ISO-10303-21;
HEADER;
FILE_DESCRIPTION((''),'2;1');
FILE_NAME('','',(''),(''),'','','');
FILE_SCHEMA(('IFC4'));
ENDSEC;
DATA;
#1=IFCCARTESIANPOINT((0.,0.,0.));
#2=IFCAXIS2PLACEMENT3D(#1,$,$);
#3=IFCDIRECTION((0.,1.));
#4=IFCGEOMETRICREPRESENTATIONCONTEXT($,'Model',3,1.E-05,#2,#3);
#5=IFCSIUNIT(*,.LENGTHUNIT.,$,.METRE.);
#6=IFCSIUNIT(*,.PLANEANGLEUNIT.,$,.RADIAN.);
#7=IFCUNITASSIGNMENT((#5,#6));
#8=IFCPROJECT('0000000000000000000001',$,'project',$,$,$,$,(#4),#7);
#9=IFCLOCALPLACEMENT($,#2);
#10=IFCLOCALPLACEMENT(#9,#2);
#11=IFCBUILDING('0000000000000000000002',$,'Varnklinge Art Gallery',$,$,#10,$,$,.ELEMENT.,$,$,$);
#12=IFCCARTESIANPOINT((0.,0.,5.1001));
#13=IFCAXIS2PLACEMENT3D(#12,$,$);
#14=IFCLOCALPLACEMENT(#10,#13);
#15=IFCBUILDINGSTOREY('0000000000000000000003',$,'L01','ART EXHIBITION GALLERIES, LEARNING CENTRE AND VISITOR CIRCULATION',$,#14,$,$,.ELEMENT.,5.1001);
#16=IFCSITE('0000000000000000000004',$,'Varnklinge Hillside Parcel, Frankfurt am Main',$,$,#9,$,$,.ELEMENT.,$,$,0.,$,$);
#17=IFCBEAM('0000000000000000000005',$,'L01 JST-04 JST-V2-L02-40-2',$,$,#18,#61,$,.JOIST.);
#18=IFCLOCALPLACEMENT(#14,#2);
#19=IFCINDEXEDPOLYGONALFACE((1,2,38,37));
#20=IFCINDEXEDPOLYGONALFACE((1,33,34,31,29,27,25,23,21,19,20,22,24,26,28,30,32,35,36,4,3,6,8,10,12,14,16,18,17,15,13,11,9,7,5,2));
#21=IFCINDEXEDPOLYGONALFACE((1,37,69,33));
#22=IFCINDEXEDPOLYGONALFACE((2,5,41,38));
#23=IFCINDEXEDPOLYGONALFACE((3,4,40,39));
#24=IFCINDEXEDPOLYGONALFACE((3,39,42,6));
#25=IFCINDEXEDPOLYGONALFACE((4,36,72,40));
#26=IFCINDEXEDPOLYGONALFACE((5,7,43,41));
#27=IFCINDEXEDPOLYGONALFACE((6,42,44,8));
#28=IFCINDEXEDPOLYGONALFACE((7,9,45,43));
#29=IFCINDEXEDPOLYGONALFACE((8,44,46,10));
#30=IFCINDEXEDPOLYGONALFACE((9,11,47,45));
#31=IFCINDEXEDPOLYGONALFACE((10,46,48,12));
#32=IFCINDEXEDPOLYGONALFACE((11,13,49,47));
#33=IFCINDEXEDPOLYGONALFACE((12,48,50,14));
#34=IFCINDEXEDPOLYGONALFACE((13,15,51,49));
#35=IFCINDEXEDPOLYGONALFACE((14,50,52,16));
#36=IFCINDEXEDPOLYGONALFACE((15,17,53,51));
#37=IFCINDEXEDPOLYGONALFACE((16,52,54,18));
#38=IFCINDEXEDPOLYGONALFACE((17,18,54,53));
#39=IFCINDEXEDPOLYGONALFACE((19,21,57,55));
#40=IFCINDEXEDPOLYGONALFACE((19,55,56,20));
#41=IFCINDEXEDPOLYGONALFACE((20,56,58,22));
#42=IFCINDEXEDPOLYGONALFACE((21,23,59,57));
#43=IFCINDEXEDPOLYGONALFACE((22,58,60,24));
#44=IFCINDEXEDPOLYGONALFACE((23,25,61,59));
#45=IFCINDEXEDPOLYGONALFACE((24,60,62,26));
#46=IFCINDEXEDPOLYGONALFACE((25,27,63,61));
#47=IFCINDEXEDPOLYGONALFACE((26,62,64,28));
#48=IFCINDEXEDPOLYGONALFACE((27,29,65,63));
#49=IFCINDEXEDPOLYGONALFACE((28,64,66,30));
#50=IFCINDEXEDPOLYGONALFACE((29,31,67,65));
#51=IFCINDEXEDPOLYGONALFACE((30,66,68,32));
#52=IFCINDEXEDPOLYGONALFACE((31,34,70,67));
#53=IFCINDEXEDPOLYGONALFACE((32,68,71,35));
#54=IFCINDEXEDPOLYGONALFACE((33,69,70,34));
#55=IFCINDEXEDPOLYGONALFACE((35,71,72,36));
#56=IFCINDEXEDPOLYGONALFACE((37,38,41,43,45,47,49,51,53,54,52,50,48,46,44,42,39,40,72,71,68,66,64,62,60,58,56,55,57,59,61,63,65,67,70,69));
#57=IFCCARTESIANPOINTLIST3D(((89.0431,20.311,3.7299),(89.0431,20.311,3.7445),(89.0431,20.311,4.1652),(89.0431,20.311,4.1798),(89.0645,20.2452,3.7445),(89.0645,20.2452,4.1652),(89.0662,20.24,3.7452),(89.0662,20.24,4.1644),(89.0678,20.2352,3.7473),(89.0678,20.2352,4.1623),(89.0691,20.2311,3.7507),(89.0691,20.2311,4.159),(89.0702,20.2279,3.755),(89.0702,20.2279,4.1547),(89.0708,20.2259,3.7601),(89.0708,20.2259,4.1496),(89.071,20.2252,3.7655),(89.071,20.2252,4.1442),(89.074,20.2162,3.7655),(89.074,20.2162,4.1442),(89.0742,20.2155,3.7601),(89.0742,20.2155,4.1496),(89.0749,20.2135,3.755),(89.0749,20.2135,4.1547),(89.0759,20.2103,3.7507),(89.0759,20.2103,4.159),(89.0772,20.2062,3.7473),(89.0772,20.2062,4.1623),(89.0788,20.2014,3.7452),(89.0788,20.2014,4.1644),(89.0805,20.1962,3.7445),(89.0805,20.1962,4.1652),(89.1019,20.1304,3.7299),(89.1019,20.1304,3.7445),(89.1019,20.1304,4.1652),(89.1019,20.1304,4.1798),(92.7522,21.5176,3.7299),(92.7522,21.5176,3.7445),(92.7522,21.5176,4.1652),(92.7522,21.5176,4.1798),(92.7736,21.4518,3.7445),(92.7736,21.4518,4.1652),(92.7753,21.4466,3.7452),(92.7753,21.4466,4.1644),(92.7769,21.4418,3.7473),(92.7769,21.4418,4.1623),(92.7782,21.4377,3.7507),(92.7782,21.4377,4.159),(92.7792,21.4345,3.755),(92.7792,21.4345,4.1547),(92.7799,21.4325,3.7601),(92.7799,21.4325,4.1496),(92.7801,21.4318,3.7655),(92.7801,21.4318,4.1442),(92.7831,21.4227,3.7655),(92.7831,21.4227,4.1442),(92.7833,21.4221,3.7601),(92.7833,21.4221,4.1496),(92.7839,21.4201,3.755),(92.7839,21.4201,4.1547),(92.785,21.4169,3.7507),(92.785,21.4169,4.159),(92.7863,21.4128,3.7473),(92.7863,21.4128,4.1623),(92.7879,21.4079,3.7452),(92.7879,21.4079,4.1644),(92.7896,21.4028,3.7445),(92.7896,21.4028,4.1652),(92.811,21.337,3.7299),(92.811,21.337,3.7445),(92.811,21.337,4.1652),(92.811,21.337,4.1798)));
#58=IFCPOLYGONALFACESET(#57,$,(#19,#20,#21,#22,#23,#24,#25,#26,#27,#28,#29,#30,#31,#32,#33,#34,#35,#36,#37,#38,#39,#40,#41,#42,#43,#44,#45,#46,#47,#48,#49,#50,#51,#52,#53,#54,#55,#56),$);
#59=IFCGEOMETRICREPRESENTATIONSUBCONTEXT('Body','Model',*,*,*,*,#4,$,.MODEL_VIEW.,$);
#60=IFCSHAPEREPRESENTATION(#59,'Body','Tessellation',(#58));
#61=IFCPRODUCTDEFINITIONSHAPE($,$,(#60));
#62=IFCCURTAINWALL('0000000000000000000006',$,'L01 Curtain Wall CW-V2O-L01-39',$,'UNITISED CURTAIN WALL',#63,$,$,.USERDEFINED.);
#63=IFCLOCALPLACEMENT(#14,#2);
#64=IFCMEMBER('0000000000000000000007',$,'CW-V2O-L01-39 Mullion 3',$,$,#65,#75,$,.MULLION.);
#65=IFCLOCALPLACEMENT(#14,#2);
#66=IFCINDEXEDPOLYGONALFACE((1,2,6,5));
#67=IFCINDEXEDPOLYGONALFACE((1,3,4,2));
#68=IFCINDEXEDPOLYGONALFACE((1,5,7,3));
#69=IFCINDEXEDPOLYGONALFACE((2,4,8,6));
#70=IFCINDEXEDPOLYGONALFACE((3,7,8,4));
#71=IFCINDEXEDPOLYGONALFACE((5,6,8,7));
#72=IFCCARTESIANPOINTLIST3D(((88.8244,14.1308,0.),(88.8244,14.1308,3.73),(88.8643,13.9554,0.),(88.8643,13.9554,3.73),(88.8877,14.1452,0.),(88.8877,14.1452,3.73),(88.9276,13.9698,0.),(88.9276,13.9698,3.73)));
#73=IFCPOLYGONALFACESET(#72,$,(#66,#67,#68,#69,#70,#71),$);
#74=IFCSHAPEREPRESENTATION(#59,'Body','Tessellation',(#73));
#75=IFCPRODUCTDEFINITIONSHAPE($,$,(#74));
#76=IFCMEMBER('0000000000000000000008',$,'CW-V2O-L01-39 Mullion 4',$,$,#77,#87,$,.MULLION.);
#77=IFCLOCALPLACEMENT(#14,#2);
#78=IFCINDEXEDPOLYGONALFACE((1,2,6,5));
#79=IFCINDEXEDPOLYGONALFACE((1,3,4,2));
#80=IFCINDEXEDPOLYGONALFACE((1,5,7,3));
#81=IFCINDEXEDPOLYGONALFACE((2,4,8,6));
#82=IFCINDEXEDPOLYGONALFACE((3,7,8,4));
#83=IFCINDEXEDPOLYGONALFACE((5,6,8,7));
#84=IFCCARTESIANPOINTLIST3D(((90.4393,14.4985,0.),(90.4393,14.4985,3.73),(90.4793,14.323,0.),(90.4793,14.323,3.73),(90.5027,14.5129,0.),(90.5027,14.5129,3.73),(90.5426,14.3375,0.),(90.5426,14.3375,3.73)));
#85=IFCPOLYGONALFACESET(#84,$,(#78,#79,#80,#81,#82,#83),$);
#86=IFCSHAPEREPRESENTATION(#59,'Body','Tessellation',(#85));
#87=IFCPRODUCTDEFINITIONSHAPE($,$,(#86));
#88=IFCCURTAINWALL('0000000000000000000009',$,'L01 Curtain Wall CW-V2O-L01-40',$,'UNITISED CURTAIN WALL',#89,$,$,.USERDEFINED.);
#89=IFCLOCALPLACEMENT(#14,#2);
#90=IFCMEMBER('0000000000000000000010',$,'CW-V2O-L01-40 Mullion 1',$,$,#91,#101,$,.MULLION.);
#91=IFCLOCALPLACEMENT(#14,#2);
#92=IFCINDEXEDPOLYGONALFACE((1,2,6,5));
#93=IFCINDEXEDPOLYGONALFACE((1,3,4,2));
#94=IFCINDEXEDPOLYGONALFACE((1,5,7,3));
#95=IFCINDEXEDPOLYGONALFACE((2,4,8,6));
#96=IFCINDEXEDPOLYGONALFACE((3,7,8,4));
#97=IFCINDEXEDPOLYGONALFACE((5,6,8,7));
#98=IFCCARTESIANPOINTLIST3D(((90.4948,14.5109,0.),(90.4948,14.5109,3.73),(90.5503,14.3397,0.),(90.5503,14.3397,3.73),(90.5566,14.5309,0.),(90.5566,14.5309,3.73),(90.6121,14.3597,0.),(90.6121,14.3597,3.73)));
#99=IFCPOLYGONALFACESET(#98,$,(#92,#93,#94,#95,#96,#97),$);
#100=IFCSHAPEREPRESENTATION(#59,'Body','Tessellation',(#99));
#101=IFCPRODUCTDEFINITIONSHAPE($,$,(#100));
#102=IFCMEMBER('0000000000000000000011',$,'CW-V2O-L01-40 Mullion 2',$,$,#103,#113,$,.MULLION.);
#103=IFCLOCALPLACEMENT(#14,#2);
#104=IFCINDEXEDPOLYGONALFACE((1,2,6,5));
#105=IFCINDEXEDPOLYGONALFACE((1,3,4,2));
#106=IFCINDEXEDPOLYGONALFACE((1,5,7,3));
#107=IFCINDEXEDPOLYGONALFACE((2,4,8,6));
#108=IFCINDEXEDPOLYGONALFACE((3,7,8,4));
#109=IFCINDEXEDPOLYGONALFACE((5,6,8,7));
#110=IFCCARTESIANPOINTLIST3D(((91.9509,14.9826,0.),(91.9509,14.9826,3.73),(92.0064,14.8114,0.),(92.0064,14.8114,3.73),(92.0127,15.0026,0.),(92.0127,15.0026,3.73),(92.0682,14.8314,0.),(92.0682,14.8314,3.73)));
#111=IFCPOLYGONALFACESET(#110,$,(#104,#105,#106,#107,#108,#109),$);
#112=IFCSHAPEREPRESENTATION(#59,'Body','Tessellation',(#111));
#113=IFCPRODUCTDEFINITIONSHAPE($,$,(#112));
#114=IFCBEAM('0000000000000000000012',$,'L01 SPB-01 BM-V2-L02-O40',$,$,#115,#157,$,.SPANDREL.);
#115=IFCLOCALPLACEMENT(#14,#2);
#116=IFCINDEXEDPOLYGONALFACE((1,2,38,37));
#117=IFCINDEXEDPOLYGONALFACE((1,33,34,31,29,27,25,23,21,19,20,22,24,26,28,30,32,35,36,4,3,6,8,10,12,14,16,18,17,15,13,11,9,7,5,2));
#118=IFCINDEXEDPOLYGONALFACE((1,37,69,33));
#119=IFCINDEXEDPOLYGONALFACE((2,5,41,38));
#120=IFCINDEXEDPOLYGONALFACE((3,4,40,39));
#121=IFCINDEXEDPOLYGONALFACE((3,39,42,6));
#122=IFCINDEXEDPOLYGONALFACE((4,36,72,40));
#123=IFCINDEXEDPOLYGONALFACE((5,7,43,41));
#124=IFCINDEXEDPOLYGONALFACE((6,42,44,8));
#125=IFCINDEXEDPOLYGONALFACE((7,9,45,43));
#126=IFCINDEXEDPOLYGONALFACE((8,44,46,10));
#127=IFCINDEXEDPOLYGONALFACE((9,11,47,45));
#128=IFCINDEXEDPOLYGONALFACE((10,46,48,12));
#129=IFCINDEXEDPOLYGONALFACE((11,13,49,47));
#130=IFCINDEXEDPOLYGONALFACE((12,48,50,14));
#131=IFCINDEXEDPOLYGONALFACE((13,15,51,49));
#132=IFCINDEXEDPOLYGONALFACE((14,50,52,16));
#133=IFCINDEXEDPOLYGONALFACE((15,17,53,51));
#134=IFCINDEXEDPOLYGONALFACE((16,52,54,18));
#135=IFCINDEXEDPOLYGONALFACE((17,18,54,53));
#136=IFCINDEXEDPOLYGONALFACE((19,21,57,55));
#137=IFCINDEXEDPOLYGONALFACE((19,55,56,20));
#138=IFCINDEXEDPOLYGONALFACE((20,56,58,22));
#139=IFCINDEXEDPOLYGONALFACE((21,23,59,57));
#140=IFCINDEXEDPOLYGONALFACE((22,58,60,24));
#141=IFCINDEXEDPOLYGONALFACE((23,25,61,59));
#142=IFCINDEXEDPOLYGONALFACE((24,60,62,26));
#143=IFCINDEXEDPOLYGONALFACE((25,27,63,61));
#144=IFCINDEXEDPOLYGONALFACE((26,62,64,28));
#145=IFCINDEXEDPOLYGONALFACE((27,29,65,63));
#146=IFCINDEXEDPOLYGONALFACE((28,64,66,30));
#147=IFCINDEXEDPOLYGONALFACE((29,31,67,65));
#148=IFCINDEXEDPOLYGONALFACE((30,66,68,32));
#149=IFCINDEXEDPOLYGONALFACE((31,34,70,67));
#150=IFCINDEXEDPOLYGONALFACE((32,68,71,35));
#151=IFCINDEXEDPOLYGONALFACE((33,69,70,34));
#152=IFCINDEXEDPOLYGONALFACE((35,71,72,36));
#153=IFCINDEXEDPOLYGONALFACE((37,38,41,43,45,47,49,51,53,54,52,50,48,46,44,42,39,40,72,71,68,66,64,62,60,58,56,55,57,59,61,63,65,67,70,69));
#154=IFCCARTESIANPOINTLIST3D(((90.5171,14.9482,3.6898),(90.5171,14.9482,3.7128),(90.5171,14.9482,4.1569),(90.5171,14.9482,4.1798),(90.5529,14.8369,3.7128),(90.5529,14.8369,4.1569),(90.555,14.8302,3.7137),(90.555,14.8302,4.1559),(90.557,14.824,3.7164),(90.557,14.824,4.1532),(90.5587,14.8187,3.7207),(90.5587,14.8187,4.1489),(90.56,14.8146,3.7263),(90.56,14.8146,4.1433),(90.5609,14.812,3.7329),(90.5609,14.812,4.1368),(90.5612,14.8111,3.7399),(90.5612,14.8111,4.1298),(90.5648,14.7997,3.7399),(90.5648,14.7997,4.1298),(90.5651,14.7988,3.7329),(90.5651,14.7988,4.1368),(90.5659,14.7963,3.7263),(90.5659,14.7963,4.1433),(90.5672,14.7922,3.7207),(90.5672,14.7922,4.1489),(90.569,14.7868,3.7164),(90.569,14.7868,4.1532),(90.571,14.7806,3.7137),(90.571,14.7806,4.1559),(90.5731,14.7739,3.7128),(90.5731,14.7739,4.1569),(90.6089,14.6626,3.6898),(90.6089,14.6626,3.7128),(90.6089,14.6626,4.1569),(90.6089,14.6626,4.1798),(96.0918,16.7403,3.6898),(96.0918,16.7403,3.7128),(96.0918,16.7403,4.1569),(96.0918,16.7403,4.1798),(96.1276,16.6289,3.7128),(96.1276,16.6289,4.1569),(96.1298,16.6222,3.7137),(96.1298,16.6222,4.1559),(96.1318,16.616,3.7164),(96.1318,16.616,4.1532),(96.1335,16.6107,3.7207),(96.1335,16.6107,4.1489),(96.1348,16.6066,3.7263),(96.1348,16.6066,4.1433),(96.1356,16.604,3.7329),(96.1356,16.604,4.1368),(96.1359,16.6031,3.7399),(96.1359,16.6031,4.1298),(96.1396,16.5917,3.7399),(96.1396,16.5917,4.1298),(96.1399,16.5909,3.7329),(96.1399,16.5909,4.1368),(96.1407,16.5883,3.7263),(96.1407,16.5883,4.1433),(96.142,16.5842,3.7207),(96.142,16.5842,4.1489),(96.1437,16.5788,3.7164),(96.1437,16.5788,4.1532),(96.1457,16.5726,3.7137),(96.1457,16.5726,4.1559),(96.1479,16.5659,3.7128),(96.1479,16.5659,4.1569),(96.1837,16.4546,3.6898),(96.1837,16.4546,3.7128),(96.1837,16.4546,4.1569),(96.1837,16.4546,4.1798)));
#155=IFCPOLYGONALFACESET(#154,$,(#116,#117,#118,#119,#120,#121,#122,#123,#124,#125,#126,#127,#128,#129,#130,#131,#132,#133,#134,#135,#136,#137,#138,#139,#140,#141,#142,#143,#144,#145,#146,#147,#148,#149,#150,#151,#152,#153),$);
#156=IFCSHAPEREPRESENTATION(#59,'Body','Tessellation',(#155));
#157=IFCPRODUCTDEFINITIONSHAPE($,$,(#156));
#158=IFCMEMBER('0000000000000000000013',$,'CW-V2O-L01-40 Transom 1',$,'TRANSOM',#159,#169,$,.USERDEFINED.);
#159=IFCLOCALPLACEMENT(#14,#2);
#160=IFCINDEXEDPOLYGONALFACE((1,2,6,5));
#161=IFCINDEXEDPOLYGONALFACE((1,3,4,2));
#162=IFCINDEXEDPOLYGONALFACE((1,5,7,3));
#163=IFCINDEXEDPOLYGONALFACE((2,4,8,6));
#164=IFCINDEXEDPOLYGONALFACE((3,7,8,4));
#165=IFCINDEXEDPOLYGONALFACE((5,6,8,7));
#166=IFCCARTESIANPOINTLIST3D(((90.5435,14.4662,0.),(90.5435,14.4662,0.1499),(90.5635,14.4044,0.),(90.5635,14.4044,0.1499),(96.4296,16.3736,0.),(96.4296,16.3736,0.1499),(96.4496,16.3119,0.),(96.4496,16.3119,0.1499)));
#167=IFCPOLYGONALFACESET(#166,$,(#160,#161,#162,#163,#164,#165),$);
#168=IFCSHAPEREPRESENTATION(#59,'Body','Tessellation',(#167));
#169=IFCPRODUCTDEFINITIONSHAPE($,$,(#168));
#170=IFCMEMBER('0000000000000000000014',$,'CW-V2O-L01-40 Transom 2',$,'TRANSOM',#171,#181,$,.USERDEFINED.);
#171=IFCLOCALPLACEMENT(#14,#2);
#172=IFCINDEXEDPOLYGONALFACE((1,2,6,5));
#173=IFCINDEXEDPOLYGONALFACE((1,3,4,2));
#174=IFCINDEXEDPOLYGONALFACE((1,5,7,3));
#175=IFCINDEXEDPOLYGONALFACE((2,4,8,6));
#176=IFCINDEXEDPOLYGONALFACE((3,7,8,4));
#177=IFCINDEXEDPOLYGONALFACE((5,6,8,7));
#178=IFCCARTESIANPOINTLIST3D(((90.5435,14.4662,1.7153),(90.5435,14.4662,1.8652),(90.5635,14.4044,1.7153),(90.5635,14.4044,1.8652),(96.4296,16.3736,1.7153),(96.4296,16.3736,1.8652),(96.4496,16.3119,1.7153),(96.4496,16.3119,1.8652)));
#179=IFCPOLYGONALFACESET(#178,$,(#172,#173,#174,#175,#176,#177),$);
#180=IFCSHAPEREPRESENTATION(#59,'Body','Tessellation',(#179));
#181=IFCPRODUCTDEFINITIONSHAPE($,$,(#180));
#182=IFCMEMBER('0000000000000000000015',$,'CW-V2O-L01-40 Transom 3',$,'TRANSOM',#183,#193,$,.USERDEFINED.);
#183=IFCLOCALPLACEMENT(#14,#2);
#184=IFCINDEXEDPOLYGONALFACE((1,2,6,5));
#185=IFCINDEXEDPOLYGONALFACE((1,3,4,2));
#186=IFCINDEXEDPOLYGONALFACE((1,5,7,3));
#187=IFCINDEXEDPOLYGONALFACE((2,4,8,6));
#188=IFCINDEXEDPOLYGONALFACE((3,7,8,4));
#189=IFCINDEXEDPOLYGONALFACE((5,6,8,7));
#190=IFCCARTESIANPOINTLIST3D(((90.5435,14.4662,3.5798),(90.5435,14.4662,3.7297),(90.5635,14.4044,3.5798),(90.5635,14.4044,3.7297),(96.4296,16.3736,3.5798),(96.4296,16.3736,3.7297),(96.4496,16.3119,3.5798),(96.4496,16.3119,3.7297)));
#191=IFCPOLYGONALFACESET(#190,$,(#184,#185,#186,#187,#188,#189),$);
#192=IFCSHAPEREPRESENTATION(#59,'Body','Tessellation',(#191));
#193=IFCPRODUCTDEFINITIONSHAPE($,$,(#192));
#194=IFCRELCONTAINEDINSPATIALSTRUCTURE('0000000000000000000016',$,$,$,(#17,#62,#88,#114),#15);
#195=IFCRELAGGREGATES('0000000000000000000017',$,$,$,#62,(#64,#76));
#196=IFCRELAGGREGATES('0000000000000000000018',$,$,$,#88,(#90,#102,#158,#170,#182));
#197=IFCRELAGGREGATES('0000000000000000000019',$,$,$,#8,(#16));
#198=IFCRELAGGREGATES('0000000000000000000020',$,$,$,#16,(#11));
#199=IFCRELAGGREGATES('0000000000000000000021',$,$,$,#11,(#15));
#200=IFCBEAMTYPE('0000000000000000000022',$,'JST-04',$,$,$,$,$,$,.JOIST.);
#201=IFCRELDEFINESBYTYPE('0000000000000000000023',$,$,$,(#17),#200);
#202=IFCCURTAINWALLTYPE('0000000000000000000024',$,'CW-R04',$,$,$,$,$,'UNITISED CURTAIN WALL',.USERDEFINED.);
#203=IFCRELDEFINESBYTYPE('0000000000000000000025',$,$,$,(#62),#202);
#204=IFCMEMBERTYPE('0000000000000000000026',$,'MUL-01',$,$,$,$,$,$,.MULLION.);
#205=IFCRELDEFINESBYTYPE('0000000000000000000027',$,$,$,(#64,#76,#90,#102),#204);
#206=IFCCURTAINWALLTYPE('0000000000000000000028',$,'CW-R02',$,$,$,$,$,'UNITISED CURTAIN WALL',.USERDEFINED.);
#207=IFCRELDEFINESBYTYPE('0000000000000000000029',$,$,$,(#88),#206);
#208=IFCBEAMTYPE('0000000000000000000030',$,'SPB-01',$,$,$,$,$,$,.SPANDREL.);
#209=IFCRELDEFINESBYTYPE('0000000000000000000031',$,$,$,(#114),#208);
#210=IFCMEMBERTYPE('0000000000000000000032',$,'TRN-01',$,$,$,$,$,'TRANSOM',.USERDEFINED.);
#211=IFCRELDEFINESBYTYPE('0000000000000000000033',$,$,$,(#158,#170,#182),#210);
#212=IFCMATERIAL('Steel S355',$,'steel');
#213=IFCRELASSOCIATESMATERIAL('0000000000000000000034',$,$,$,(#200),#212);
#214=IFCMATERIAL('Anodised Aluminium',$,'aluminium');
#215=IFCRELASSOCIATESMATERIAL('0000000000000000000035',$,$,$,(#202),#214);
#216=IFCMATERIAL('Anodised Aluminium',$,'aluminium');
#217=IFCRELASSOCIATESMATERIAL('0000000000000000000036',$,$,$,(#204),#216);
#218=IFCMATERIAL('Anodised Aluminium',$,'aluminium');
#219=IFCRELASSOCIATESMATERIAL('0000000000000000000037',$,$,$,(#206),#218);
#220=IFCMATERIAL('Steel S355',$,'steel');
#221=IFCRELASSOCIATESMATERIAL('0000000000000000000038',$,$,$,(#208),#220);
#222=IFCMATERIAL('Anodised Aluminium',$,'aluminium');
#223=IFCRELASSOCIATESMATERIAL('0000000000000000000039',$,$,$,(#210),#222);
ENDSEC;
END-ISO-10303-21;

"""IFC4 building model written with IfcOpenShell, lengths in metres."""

from ifc_helpers import new_model, si_unit, direction, frame, origin, origin_2d, place, context, subcontext, project, spatial, rectangle, i_section, extrude, material, material_profile, profile_set, type_object, element, aggregate, save


model = new_model("IFC4")

# Units and contexts
model_context = context("Model", 3, precision=1e-05, world=origin(), true_north=direction((0.0, 1.0)))
body_context = subcontext(model_context, "Body", "Model", "MODEL_VIEW")
ifc_project = project(units=[si_unit("LENGTHUNIT", "METRE"), si_unit("PLANEANGLEUNIT", "RADIAN")], contexts=[model_context])

# Site, building, storey
site_placement = place(None, origin())
site = spatial("IfcSite", under=ifc_project, at=site_placement, Name="Varnklinge Hillside Parcel, Frankfurt am Main", CompositionType="ELEMENT", RefElevation=0.0)
building_placement = place(site_placement, origin())
building = spatial("IfcBuilding", under=site, at=building_placement, Name="Varnklinge Art Gallery", CompositionType="ELEMENT")
storey_placement = place(building_placement, frame((0.0, 0.0, 5.1001)))
storey = spatial("IfcBuildingStorey", under=building, at=storey_placement, Name="L01", Description="ART EXHIBITION GALLERIES, LEARNING CENTRE AND VISITOR CIRCULATION", CompositionType="ELEMENT", Elevation=5.1001)

# Beam
ifc_material_1 = material(Name="Steel S355", Category="steel")
ifc_material_profile_1 = material_profile(ifc_material_1, i_section(OverallWidth=0.1899, OverallDepth=0.45, WebThickness=0.0095, FlangeThickness=0.0146, FilletRadius=0.021, at=origin_2d()), Name="IPE 450")
ifc_profile_set_1 = profile_set([ifc_material_profile_1], Name="Steel S355")
beam_type_1 = type_object("IfcBeamType", Name="JST-04", PredefinedType="JOIST", material=ifc_profile_set_1)
beam_1_placement = place(storey_placement, frame((89.0725, 20.2207, 3.9548), z_axis=(0.950949, 0.309346, 0.0), x_axis=(-0.309346, 0.950949, 0.0)))
element("IfcBeam", 1, at=beam_1_placement, inside=storey, type_object=beam_type_1, Name="L01 JST-04 JST-V2-L02-40-2", PredefinedType="JOIST", context=body_context, shape_type="SweptSolid", body=[
    extrude(i_section(OverallWidth=0.1899, OverallDepth=0.45, WebThickness=0.0095, FlangeThickness=0.0146, FilletRadius=0.021, at=origin_2d()), origin(), (0.0, 0.0, 1.0), 3.9004),
])

# Curtain walls, members
ifc_material_2 = material(Name="Anodised Aluminium", Category="aluminium")
curtain_wall_type_1 = type_object("IfcCurtainWallType", Name="CW-R04", ElementType="UNITISED CURTAIN WALL", PredefinedType="USERDEFINED", material=ifc_material_2)
curtain_wall_1_placement = place(storey_placement, origin())
curtain_wall_1 = element("IfcCurtainWall", 2, at=curtain_wall_1_placement, inside=storey, type_object=curtain_wall_type_1, Name="L01 Curtain Wall CW-V2O-L01-39", ObjectType="UNITISED CURTAIN WALL", PredefinedType="USERDEFINED")
ifc_material_3 = material(Name="Anodised Aluminium", Category="aluminium")
ifc_material_profile_2 = material_profile(ifc_material_3, rectangle(XDim=0.0649, YDim=0.1799, at=origin_2d()), Name="ALU 65x180")
ifc_profile_set_2 = profile_set([ifc_material_profile_2], Name="Anodised Aluminium")
member_type_1 = type_object("IfcMemberType", Name="MUL-01", PredefinedType="MULLION", material=ifc_profile_set_2)
member_1_placement = place(storey_placement, frame((88.876, 14.0503, 0.0), z_axis=(0.0, 0.0, 1.0), x_axis=(0.975072, 0.221889, 0.0)))
member_1 = element("IfcMember", 3, at=member_1_placement, type_object=member_type_1, Name="CW-V2O-L01-39 Mullion 3", PredefinedType="MULLION", context=body_context, shape_type="SweptSolid", body=[
    extrude(rectangle(XDim=0.0649, YDim=0.1799, at=origin_2d()), origin(), (0.0, 0.0, 1.0), 3.73),
])
member_2_placement = place(storey_placement, frame((90.491, 14.418, 0.0), z_axis=(0.0, 0.0, 1.0), x_axis=(0.975072, 0.221889, 0.0)))
member_2 = element("IfcMember", 4, at=member_2_placement, type_object=member_type_1, Name="CW-V2O-L01-39 Mullion 4", PredefinedType="MULLION", context=body_context, shape_type="SweptSolid", body=[
    extrude(rectangle(XDim=0.0649, YDim=0.1799, at=origin_2d()), origin(), (0.0, 0.0, 1.0), 3.73),
])
ifc_material_4 = material(Name="Anodised Aluminium", Category="aluminium")
curtain_wall_type_2 = type_object("IfcCurtainWallType", Name="CW-R02", ElementType="UNITISED CURTAIN WALL", PredefinedType="USERDEFINED", material=ifc_material_4)
curtain_wall_2_placement = place(storey_placement, origin())
curtain_wall_2 = element("IfcCurtainWall", 5, at=curtain_wall_2_placement, inside=storey, type_object=curtain_wall_type_2, Name="L01 Curtain Wall CW-V2O-L01-40", ObjectType="UNITISED CURTAIN WALL", PredefinedType="USERDEFINED")
member_3_placement = place(storey_placement, frame((90.5535, 14.4353, 0.0), z_axis=(0.0, 0.0, 1.0), x_axis=(0.951272, 0.308353, 0.0)))
member_3 = element("IfcMember", 6, at=member_3_placement, type_object=member_type_1, Name="CW-V2O-L01-40 Mullion 1", PredefinedType="MULLION", context=body_context, shape_type="SweptSolid", body=[
    extrude(rectangle(XDim=0.0649, YDim=0.1799, at=origin_2d()), origin(), (0.0, 0.0, 1.0), 3.73),
])
member_4_placement = place(storey_placement, frame((92.0095, 14.907, 0.0), z_axis=(0.0, 0.0, 1.0), x_axis=(0.951272, 0.308353, 0.0)))
member_4 = element("IfcMember", 7, at=member_4_placement, type_object=member_type_1, Name="CW-V2O-L01-40 Mullion 2", PredefinedType="MULLION", context=body_context, shape_type="SweptSolid", body=[
    extrude(rectangle(XDim=0.0649, YDim=0.1799, at=origin_2d()), origin(), (0.0, 0.0, 1.0), 3.73),
])

# Beam
ifc_material_5 = material(Name="Steel S355", Category="steel")
ifc_material_profile_3 = material_profile(ifc_material_5, i_section(OverallWidth=0.3, OverallDepth=0.49, WebThickness=0.012, FlangeThickness=0.0229, FilletRadius=0.0271, at=origin_2d()), Name="HEA 500")
ifc_profile_set_3 = profile_set([ifc_material_profile_3], Name="Steel S355")
beam_type_2 = type_object("IfcBeamType", Name="SPB-01", PredefinedType="SPANDREL", material=ifc_profile_set_3)
beam_2_placement = place(storey_placement, frame((90.563, 14.8054, 3.9348), z_axis=(0.952022, 0.306028, 0.0), x_axis=(-0.306028, 0.952022, 0.0)))
element("IfcBeam", 8, at=beam_2_placement, inside=storey, type_object=beam_type_2, Name="L01 SPB-01 BM-V2-L02-O40", PredefinedType="SPANDREL", context=body_context, shape_type="SweptSolid", body=[
    extrude(i_section(OverallWidth=0.3, OverallDepth=0.49, WebThickness=0.012, FlangeThickness=0.0229, FilletRadius=0.0271, at=origin_2d()), origin(), (0.0, 0.0, 1.0), 5.8557),
])

# Members
ifc_material_6 = material(Name="Anodised Aluminium", Category="aluminium")
ifc_material_profile_4 = material_profile(ifc_material_6, rectangle(XDim=0.0649, YDim=0.1499, at=origin_2d()), Name="ALU 65x150")
ifc_profile_set_4 = profile_set([ifc_material_profile_4], Name="Anodised Aluminium")
member_type_2 = type_object("IfcMemberType", Name="TRN-01", ElementType="TRANSOM", PredefinedType="USERDEFINED", material=ifc_profile_set_4)
member_5_placement = place(storey_placement, frame((90.5535, 14.4353, 0.075), z_axis=(0.951298, 0.308274, 0.0), x_axis=(-0.308274, 0.951298, 0.0)))
member_5 = element("IfcMember", 9, at=member_5_placement, type_object=member_type_2, Name="CW-V2O-L01-40 Transom 1", ObjectType="TRANSOM", PredefinedType="USERDEFINED", context=body_context, shape_type="SweptSolid", body=[
    extrude(rectangle(XDim=0.0649, YDim=0.1499, at=origin_2d()), origin(), (0.0, 0.0, 1.0), 6.1875),
])
member_6_placement = place(storey_placement, frame((90.5535, 14.4353, 1.7903), z_axis=(0.951298, 0.308274, 0.0), x_axis=(-0.308274, 0.951298, 0.0)))
member_6 = element("IfcMember", 10, at=member_6_placement, type_object=member_type_2, Name="CW-V2O-L01-40 Transom 2", ObjectType="TRANSOM", PredefinedType="USERDEFINED", context=body_context, shape_type="SweptSolid", body=[
    extrude(rectangle(XDim=0.0649, YDim=0.1499, at=origin_2d()), origin(), (0.0, 0.0, 1.0), 6.1875),
])
member_7_placement = place(storey_placement, frame((90.5535, 14.4353, 3.6548), z_axis=(0.951298, 0.308274, 0.0), x_axis=(-0.308274, 0.951298, 0.0)))
member_7 = element("IfcMember", 11, at=member_7_placement, type_object=member_type_2, Name="CW-V2O-L01-40 Transom 3", ObjectType="TRANSOM", PredefinedType="USERDEFINED", context=body_context, shape_type="SweptSolid", body=[
    extrude(rectangle(XDim=0.0649, YDim=0.1499, at=origin_2d()), origin(), (0.0, 0.0, 1.0), 6.1875),
])

aggregate(curtain_wall_1, [member_1, member_2])
aggregate(curtain_wall_2, [member_3, member_4, member_5, member_6, member_7])

save(model, "model.ifc")
